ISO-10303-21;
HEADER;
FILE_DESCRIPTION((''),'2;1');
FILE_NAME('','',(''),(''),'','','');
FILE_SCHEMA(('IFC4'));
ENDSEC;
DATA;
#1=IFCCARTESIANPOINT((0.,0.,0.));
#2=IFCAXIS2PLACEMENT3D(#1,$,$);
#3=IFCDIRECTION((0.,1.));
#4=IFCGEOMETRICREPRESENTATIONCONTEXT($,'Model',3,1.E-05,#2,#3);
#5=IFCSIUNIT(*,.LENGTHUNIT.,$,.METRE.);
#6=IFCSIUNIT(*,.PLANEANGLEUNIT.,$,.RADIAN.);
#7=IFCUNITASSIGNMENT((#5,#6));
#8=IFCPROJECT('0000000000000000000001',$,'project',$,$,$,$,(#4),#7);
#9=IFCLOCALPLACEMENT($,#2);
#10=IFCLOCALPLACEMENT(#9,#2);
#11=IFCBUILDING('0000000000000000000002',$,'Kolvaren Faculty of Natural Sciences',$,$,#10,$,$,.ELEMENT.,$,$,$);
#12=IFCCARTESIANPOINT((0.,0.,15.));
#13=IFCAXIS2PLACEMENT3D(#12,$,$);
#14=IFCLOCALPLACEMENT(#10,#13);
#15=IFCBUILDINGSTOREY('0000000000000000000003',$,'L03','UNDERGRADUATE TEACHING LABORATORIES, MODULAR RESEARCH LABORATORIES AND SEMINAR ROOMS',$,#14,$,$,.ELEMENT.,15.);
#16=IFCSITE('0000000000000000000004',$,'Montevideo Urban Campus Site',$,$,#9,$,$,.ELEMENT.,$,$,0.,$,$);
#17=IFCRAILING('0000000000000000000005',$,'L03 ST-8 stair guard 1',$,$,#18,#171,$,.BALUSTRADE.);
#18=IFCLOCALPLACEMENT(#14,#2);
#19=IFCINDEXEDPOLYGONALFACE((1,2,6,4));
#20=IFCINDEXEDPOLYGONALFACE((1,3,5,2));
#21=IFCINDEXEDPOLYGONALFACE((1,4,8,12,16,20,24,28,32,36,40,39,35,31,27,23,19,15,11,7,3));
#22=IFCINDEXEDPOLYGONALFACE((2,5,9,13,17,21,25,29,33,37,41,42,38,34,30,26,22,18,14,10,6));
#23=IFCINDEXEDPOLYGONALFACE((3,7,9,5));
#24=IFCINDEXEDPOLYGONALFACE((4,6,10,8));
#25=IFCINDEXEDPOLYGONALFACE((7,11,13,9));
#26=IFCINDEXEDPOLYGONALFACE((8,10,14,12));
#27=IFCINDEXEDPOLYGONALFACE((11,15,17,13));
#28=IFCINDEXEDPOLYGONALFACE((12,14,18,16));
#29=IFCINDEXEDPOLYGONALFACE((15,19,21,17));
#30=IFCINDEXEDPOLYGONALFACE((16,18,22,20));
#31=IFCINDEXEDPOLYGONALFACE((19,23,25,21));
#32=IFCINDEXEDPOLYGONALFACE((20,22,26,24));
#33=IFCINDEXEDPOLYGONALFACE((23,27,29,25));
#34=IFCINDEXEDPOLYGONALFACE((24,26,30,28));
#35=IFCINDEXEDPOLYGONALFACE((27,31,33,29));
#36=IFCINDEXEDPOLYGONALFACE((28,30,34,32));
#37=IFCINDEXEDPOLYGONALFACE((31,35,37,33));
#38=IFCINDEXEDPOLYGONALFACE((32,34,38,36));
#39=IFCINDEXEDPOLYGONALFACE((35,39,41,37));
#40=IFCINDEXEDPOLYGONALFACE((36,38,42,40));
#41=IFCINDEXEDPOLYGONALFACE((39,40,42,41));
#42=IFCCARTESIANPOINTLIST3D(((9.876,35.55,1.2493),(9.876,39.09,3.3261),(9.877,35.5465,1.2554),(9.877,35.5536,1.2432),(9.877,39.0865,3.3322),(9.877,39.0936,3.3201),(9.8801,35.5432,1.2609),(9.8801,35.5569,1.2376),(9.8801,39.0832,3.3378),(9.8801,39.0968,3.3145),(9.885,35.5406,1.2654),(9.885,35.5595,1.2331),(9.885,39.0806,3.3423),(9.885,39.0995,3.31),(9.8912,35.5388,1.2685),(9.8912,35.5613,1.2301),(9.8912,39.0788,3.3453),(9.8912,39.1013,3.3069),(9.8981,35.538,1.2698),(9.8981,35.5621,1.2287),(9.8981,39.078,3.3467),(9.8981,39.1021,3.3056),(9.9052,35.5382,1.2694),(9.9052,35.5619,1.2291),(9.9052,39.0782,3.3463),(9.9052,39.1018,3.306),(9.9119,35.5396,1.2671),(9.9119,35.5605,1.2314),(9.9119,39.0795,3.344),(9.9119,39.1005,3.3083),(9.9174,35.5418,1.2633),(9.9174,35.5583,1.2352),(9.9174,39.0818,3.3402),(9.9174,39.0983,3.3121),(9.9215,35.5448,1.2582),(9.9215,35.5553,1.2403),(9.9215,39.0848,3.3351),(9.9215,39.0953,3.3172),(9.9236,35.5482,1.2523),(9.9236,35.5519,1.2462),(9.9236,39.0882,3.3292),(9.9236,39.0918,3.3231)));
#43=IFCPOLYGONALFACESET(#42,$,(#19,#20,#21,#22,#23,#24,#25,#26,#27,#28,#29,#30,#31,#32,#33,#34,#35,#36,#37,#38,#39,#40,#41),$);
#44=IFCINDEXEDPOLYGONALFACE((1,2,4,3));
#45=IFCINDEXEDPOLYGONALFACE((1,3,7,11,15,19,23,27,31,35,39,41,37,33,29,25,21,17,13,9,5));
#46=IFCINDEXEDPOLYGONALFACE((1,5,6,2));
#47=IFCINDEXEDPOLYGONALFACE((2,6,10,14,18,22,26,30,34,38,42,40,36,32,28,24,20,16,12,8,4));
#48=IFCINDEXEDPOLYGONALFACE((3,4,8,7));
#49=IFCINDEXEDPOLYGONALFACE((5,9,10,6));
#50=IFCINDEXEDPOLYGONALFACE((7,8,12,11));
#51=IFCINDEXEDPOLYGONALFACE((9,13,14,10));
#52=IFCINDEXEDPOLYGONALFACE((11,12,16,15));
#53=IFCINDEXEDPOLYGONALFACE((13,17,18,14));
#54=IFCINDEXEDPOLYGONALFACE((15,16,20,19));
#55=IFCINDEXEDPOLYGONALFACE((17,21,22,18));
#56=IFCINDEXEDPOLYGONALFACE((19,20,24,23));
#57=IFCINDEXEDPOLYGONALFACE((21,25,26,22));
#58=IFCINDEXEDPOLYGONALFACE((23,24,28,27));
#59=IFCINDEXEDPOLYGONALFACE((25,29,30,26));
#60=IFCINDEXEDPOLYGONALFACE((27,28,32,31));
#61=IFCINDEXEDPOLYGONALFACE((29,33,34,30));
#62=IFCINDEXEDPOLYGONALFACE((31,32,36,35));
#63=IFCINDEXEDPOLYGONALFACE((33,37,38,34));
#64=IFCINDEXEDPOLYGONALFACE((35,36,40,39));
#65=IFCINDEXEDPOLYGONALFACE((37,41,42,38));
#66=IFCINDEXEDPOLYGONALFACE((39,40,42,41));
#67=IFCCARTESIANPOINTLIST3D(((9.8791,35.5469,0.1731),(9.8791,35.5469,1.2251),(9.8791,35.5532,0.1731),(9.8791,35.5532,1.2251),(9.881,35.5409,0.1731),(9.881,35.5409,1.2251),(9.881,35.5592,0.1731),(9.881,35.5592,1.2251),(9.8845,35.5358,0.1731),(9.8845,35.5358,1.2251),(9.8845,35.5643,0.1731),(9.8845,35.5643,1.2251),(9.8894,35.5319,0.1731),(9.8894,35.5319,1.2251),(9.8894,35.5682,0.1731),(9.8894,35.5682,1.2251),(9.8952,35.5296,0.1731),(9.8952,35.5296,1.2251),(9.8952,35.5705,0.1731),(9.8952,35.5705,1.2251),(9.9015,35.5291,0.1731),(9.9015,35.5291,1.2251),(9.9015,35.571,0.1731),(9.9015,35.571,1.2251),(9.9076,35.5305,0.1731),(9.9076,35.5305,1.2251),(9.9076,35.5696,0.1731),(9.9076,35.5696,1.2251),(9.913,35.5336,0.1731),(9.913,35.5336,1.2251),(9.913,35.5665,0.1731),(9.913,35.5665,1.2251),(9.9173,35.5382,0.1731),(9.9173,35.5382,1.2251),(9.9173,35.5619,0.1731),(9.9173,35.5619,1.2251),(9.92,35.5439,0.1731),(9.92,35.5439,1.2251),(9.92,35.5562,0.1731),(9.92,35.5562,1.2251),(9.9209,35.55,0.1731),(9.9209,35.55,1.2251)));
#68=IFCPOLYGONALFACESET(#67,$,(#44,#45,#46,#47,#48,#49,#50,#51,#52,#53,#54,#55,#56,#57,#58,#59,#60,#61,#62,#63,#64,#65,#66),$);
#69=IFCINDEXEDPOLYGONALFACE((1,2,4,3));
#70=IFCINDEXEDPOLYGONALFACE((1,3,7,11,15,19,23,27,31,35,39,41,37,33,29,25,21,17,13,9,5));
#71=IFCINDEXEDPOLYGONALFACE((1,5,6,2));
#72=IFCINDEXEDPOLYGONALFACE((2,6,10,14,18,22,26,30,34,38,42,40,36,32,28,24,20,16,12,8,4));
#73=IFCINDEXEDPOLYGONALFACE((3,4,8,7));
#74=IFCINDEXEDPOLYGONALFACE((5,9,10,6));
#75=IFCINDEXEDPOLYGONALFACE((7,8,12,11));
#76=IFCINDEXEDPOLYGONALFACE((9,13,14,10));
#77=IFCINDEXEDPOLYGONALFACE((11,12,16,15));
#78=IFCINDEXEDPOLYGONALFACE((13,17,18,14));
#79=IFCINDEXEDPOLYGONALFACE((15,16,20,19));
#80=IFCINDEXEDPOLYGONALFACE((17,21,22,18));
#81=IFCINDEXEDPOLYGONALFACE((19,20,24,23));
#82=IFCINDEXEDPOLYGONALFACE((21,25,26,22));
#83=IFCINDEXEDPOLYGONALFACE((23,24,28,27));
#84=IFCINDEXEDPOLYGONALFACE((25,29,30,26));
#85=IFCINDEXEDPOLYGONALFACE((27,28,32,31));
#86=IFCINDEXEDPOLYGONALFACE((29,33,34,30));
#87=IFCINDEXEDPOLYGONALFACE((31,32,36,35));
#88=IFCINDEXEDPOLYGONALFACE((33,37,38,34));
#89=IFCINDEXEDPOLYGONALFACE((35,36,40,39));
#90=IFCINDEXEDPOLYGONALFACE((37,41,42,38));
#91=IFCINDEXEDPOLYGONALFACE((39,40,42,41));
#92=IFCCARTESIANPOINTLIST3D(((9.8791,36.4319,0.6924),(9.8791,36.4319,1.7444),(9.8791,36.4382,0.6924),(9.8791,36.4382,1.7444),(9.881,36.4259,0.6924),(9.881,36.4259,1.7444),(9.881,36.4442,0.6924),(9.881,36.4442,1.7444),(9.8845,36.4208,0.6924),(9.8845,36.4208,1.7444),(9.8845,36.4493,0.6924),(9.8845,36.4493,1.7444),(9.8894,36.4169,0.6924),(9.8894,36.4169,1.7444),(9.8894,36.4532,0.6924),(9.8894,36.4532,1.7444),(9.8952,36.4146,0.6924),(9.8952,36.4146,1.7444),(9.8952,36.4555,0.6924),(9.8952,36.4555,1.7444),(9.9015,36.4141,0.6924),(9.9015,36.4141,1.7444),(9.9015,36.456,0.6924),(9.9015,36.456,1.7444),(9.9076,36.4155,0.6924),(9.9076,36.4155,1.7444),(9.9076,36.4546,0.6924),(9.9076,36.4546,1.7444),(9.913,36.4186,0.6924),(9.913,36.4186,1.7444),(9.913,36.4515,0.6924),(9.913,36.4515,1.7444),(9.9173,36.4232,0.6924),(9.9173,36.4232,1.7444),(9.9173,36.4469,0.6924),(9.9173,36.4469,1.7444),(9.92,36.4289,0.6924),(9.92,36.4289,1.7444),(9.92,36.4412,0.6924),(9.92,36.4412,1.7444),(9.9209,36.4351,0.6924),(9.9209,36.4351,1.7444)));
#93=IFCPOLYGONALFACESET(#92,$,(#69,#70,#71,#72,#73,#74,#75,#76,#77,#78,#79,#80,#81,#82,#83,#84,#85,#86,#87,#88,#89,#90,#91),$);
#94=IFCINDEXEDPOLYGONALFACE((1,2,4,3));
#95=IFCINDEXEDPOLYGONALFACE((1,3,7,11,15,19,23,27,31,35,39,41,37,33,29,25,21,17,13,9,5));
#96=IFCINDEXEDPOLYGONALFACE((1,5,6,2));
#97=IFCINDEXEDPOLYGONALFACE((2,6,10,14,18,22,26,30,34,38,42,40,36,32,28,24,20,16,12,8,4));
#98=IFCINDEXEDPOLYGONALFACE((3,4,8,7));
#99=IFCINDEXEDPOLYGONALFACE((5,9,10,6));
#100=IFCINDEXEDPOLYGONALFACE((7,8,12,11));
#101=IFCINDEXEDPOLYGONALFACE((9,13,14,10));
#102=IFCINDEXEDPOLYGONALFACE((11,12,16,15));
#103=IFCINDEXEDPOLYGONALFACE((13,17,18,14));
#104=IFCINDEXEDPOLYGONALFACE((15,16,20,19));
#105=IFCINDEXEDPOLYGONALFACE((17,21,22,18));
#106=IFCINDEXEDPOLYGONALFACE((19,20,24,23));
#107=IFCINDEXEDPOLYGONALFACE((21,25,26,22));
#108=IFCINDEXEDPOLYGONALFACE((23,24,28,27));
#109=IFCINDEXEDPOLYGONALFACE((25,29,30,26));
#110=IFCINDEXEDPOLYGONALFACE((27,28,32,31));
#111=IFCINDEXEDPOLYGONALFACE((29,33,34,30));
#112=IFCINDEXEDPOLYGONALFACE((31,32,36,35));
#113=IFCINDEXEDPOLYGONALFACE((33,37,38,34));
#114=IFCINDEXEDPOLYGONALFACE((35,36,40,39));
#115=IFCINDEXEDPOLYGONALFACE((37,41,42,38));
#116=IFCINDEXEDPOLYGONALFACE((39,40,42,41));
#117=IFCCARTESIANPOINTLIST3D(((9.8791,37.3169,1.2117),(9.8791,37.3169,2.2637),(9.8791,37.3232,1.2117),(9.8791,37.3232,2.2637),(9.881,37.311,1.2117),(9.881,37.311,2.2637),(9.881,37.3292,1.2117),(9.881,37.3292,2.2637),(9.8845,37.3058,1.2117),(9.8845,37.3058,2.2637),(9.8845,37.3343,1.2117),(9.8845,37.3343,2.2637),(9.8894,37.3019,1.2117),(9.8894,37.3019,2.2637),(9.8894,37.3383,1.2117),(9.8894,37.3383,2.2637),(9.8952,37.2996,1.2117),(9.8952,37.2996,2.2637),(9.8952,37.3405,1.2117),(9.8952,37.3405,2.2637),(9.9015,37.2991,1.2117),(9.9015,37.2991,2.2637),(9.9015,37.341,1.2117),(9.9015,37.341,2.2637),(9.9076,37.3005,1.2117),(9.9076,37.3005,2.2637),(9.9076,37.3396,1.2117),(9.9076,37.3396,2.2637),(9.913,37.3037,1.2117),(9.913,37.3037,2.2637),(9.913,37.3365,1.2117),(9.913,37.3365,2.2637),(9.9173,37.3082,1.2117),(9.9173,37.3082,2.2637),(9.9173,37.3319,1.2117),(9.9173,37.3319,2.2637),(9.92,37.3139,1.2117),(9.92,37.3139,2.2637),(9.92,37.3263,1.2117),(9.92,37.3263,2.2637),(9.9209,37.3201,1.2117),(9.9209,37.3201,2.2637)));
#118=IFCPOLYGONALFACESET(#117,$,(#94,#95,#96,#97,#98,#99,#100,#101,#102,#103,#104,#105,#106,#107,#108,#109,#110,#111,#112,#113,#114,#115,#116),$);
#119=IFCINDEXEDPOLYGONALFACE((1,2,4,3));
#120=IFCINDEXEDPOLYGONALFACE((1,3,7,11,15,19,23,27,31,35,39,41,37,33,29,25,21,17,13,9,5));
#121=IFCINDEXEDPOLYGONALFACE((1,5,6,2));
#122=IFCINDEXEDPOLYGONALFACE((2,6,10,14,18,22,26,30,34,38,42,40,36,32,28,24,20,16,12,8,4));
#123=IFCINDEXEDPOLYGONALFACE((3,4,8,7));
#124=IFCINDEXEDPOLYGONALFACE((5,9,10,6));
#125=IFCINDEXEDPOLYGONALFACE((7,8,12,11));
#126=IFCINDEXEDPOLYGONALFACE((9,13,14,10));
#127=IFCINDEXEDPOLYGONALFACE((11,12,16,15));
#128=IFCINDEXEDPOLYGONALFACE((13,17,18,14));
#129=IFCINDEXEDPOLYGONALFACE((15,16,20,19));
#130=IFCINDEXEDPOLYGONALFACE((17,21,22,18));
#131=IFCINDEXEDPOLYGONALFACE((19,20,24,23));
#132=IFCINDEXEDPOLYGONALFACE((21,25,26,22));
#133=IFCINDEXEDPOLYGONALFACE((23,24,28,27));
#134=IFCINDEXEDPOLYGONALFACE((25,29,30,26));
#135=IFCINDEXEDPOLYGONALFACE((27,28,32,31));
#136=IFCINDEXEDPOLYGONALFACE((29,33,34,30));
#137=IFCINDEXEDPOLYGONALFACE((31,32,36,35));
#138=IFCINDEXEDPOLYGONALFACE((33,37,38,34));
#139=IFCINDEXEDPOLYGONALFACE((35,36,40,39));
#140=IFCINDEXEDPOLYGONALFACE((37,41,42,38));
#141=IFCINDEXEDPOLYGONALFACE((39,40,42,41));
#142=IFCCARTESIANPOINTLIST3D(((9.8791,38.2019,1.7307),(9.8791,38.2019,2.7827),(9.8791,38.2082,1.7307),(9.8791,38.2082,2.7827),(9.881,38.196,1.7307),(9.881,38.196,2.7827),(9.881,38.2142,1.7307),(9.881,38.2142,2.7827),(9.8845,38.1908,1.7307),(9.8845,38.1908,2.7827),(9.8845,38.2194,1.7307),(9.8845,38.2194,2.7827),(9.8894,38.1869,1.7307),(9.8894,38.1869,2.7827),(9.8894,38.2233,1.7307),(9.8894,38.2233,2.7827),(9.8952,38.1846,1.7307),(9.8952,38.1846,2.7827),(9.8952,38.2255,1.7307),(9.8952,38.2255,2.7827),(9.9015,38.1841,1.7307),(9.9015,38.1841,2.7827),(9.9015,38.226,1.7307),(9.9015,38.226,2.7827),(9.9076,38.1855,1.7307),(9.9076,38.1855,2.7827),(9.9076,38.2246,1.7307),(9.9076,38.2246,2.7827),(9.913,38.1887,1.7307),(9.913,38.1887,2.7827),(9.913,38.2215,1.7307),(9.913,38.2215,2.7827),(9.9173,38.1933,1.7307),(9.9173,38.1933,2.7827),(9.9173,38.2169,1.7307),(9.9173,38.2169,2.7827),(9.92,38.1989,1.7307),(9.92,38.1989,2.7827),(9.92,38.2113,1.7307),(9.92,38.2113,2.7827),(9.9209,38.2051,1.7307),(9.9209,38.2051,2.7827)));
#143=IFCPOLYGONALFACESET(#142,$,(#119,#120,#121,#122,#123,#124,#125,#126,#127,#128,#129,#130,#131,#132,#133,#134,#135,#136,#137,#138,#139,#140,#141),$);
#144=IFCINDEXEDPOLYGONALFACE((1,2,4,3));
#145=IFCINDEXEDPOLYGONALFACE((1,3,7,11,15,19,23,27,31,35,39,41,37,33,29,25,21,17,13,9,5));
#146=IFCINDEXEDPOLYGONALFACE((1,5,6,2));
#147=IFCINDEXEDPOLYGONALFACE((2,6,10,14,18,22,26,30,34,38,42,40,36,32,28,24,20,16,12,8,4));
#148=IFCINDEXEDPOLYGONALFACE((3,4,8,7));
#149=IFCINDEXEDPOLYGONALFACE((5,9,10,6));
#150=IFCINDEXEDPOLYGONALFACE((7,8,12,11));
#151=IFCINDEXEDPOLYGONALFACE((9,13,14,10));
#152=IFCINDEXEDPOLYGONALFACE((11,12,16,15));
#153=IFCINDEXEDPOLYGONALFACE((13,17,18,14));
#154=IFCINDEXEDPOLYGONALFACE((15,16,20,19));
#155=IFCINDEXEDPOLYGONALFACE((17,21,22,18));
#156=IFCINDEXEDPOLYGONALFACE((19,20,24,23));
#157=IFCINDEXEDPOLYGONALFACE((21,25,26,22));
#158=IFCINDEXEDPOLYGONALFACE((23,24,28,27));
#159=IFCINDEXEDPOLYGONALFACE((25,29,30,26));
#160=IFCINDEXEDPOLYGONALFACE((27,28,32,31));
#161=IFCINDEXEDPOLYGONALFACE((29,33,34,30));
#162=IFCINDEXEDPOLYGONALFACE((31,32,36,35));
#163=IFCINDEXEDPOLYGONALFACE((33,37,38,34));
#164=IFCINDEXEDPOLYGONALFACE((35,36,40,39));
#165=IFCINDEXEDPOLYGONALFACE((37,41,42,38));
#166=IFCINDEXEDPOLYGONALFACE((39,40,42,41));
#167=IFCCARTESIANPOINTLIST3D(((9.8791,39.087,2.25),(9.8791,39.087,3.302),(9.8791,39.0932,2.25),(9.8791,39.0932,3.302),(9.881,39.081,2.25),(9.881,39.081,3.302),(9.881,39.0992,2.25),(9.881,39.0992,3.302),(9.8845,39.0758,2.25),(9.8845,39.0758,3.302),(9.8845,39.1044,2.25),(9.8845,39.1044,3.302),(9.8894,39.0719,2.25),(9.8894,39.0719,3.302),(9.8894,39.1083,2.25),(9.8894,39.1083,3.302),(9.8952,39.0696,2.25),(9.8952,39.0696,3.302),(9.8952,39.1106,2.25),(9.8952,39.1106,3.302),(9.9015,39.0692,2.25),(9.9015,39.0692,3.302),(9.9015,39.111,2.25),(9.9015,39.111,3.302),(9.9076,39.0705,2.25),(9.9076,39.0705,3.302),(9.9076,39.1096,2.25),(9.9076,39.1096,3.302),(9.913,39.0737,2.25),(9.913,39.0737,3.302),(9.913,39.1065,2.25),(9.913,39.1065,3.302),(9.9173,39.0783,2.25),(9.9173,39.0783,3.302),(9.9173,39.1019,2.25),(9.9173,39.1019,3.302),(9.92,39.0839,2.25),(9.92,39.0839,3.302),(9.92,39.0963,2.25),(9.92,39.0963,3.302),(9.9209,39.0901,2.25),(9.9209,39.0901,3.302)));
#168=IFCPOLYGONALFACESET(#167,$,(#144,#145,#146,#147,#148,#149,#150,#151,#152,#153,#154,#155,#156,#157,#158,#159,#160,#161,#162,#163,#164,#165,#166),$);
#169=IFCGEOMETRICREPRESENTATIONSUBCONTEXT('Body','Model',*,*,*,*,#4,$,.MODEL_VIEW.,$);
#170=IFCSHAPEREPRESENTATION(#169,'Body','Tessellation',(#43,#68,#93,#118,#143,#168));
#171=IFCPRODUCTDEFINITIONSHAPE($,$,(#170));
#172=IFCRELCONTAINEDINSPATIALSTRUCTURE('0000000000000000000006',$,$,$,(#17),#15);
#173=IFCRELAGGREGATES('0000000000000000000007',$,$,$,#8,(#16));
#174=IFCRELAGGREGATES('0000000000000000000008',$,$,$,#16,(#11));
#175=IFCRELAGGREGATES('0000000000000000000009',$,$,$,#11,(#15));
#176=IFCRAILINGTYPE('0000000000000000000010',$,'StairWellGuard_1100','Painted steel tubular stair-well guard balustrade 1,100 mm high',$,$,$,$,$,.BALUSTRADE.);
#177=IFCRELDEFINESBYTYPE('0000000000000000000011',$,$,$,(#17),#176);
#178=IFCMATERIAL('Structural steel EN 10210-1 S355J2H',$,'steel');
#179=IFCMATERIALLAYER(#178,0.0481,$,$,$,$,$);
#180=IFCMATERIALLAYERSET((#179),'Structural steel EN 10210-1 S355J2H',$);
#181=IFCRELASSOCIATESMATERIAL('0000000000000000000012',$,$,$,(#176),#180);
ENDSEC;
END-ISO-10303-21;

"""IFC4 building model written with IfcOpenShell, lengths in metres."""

from ifc_helpers import new_model, si_unit, direction, frame, origin, origin_2d, place, context, subcontext, project, spatial, circle, extrude, material, layer, layer_set, type_object, element, save


model = new_model("IFC4")

# Units and contexts
model_context = context("Model", 3, precision=1e-05, world=origin(), true_north=direction((0.0, 1.0)))
body_context = subcontext(model_context, "Body", "Model", "MODEL_VIEW")
ifc_project = project(units=[si_unit("LENGTHUNIT", "METRE"), si_unit("PLANEANGLEUNIT", "RADIAN")], contexts=[model_context])

# Site, building, storey
site_placement = place(None, origin())
site = spatial("IfcSite", under=ifc_project, at=site_placement, Name="Montevideo Urban Campus Site", CompositionType="ELEMENT", RefElevation=0.0)
building_placement = place(site_placement, origin())
building = spatial("IfcBuilding", under=site, at=building_placement, Name="Kolvaren Faculty of Natural Sciences", CompositionType="ELEMENT")
storey_placement = place(building_placement, frame((0.0, 0.0, 15.0)))
storey = spatial("IfcBuildingStorey", under=building, at=storey_placement, Name="L03", Description="UNDERGRADUATE TEACHING LABORATORIES, MODULAR RESEARCH LABORATORIES AND SEMINAR ROOMS", CompositionType="ELEMENT", Elevation=15.0)

# Railing
ifc_material_1 = material(Name="Structural steel EN 10210-1 S355J2H", Category="steel")
ifc_layer_1 = layer(ifc_material_1, 0.0481)
ifc_layer_set_1 = layer_set([ifc_layer_1], Name="Structural steel EN 10210-1 S355J2H")
railing_type_1 = type_object("IfcRailingType", Name="StairWellGuard_1100", Description="Painted steel tubular stair-well guard balustrade 1,100 mm high", PredefinedType="BALUSTRADE", material=ifc_layer_set_1)
railing_1_placement = place(storey_placement, frame((9.8999, 35.55, 0.1731)))
element("IfcRailing", 1, at=railing_1_placement, inside=storey, type_object=railing_type_1, Name="L03 ST-8 stair guard 1", PredefinedType="BALUSTRADE", context=body_context, shape_type="SweptSolid", body=[
    extrude(circle(Radius=0.0239, at=origin_2d()), frame((0.0, 0.0, 1.0762), z_axis=(0.0, 0.862516, 0.506029), x_axis=(-1.0, 0.0, 0.0)), (0.0, 0.0, 1.0), 4.1042),
    extrude(circle(Radius=0.021, at=origin_2d()), origin(), (0.0, 0.0, 1.0), 1.052),
    extrude(circle(Radius=0.021, at=origin_2d()), frame((0.0, 0.885, 0.5193)), (0.0, 0.0, 1.0), 1.052),
    extrude(circle(Radius=0.021, at=origin_2d()), frame((0.0, 1.77, 1.0386)), (0.0, 0.0, 1.0), 1.052),
    extrude(circle(Radius=0.021, at=origin_2d()), frame((0.0, 2.655, 1.5576)), (0.0, 0.0, 1.0), 1.052),
    extrude(circle(Radius=0.021, at=origin_2d()), frame((0.0, 3.54, 2.0769)), (0.0, 0.0, 1.0), 1.052),
])

save(model, "model.ifc")
